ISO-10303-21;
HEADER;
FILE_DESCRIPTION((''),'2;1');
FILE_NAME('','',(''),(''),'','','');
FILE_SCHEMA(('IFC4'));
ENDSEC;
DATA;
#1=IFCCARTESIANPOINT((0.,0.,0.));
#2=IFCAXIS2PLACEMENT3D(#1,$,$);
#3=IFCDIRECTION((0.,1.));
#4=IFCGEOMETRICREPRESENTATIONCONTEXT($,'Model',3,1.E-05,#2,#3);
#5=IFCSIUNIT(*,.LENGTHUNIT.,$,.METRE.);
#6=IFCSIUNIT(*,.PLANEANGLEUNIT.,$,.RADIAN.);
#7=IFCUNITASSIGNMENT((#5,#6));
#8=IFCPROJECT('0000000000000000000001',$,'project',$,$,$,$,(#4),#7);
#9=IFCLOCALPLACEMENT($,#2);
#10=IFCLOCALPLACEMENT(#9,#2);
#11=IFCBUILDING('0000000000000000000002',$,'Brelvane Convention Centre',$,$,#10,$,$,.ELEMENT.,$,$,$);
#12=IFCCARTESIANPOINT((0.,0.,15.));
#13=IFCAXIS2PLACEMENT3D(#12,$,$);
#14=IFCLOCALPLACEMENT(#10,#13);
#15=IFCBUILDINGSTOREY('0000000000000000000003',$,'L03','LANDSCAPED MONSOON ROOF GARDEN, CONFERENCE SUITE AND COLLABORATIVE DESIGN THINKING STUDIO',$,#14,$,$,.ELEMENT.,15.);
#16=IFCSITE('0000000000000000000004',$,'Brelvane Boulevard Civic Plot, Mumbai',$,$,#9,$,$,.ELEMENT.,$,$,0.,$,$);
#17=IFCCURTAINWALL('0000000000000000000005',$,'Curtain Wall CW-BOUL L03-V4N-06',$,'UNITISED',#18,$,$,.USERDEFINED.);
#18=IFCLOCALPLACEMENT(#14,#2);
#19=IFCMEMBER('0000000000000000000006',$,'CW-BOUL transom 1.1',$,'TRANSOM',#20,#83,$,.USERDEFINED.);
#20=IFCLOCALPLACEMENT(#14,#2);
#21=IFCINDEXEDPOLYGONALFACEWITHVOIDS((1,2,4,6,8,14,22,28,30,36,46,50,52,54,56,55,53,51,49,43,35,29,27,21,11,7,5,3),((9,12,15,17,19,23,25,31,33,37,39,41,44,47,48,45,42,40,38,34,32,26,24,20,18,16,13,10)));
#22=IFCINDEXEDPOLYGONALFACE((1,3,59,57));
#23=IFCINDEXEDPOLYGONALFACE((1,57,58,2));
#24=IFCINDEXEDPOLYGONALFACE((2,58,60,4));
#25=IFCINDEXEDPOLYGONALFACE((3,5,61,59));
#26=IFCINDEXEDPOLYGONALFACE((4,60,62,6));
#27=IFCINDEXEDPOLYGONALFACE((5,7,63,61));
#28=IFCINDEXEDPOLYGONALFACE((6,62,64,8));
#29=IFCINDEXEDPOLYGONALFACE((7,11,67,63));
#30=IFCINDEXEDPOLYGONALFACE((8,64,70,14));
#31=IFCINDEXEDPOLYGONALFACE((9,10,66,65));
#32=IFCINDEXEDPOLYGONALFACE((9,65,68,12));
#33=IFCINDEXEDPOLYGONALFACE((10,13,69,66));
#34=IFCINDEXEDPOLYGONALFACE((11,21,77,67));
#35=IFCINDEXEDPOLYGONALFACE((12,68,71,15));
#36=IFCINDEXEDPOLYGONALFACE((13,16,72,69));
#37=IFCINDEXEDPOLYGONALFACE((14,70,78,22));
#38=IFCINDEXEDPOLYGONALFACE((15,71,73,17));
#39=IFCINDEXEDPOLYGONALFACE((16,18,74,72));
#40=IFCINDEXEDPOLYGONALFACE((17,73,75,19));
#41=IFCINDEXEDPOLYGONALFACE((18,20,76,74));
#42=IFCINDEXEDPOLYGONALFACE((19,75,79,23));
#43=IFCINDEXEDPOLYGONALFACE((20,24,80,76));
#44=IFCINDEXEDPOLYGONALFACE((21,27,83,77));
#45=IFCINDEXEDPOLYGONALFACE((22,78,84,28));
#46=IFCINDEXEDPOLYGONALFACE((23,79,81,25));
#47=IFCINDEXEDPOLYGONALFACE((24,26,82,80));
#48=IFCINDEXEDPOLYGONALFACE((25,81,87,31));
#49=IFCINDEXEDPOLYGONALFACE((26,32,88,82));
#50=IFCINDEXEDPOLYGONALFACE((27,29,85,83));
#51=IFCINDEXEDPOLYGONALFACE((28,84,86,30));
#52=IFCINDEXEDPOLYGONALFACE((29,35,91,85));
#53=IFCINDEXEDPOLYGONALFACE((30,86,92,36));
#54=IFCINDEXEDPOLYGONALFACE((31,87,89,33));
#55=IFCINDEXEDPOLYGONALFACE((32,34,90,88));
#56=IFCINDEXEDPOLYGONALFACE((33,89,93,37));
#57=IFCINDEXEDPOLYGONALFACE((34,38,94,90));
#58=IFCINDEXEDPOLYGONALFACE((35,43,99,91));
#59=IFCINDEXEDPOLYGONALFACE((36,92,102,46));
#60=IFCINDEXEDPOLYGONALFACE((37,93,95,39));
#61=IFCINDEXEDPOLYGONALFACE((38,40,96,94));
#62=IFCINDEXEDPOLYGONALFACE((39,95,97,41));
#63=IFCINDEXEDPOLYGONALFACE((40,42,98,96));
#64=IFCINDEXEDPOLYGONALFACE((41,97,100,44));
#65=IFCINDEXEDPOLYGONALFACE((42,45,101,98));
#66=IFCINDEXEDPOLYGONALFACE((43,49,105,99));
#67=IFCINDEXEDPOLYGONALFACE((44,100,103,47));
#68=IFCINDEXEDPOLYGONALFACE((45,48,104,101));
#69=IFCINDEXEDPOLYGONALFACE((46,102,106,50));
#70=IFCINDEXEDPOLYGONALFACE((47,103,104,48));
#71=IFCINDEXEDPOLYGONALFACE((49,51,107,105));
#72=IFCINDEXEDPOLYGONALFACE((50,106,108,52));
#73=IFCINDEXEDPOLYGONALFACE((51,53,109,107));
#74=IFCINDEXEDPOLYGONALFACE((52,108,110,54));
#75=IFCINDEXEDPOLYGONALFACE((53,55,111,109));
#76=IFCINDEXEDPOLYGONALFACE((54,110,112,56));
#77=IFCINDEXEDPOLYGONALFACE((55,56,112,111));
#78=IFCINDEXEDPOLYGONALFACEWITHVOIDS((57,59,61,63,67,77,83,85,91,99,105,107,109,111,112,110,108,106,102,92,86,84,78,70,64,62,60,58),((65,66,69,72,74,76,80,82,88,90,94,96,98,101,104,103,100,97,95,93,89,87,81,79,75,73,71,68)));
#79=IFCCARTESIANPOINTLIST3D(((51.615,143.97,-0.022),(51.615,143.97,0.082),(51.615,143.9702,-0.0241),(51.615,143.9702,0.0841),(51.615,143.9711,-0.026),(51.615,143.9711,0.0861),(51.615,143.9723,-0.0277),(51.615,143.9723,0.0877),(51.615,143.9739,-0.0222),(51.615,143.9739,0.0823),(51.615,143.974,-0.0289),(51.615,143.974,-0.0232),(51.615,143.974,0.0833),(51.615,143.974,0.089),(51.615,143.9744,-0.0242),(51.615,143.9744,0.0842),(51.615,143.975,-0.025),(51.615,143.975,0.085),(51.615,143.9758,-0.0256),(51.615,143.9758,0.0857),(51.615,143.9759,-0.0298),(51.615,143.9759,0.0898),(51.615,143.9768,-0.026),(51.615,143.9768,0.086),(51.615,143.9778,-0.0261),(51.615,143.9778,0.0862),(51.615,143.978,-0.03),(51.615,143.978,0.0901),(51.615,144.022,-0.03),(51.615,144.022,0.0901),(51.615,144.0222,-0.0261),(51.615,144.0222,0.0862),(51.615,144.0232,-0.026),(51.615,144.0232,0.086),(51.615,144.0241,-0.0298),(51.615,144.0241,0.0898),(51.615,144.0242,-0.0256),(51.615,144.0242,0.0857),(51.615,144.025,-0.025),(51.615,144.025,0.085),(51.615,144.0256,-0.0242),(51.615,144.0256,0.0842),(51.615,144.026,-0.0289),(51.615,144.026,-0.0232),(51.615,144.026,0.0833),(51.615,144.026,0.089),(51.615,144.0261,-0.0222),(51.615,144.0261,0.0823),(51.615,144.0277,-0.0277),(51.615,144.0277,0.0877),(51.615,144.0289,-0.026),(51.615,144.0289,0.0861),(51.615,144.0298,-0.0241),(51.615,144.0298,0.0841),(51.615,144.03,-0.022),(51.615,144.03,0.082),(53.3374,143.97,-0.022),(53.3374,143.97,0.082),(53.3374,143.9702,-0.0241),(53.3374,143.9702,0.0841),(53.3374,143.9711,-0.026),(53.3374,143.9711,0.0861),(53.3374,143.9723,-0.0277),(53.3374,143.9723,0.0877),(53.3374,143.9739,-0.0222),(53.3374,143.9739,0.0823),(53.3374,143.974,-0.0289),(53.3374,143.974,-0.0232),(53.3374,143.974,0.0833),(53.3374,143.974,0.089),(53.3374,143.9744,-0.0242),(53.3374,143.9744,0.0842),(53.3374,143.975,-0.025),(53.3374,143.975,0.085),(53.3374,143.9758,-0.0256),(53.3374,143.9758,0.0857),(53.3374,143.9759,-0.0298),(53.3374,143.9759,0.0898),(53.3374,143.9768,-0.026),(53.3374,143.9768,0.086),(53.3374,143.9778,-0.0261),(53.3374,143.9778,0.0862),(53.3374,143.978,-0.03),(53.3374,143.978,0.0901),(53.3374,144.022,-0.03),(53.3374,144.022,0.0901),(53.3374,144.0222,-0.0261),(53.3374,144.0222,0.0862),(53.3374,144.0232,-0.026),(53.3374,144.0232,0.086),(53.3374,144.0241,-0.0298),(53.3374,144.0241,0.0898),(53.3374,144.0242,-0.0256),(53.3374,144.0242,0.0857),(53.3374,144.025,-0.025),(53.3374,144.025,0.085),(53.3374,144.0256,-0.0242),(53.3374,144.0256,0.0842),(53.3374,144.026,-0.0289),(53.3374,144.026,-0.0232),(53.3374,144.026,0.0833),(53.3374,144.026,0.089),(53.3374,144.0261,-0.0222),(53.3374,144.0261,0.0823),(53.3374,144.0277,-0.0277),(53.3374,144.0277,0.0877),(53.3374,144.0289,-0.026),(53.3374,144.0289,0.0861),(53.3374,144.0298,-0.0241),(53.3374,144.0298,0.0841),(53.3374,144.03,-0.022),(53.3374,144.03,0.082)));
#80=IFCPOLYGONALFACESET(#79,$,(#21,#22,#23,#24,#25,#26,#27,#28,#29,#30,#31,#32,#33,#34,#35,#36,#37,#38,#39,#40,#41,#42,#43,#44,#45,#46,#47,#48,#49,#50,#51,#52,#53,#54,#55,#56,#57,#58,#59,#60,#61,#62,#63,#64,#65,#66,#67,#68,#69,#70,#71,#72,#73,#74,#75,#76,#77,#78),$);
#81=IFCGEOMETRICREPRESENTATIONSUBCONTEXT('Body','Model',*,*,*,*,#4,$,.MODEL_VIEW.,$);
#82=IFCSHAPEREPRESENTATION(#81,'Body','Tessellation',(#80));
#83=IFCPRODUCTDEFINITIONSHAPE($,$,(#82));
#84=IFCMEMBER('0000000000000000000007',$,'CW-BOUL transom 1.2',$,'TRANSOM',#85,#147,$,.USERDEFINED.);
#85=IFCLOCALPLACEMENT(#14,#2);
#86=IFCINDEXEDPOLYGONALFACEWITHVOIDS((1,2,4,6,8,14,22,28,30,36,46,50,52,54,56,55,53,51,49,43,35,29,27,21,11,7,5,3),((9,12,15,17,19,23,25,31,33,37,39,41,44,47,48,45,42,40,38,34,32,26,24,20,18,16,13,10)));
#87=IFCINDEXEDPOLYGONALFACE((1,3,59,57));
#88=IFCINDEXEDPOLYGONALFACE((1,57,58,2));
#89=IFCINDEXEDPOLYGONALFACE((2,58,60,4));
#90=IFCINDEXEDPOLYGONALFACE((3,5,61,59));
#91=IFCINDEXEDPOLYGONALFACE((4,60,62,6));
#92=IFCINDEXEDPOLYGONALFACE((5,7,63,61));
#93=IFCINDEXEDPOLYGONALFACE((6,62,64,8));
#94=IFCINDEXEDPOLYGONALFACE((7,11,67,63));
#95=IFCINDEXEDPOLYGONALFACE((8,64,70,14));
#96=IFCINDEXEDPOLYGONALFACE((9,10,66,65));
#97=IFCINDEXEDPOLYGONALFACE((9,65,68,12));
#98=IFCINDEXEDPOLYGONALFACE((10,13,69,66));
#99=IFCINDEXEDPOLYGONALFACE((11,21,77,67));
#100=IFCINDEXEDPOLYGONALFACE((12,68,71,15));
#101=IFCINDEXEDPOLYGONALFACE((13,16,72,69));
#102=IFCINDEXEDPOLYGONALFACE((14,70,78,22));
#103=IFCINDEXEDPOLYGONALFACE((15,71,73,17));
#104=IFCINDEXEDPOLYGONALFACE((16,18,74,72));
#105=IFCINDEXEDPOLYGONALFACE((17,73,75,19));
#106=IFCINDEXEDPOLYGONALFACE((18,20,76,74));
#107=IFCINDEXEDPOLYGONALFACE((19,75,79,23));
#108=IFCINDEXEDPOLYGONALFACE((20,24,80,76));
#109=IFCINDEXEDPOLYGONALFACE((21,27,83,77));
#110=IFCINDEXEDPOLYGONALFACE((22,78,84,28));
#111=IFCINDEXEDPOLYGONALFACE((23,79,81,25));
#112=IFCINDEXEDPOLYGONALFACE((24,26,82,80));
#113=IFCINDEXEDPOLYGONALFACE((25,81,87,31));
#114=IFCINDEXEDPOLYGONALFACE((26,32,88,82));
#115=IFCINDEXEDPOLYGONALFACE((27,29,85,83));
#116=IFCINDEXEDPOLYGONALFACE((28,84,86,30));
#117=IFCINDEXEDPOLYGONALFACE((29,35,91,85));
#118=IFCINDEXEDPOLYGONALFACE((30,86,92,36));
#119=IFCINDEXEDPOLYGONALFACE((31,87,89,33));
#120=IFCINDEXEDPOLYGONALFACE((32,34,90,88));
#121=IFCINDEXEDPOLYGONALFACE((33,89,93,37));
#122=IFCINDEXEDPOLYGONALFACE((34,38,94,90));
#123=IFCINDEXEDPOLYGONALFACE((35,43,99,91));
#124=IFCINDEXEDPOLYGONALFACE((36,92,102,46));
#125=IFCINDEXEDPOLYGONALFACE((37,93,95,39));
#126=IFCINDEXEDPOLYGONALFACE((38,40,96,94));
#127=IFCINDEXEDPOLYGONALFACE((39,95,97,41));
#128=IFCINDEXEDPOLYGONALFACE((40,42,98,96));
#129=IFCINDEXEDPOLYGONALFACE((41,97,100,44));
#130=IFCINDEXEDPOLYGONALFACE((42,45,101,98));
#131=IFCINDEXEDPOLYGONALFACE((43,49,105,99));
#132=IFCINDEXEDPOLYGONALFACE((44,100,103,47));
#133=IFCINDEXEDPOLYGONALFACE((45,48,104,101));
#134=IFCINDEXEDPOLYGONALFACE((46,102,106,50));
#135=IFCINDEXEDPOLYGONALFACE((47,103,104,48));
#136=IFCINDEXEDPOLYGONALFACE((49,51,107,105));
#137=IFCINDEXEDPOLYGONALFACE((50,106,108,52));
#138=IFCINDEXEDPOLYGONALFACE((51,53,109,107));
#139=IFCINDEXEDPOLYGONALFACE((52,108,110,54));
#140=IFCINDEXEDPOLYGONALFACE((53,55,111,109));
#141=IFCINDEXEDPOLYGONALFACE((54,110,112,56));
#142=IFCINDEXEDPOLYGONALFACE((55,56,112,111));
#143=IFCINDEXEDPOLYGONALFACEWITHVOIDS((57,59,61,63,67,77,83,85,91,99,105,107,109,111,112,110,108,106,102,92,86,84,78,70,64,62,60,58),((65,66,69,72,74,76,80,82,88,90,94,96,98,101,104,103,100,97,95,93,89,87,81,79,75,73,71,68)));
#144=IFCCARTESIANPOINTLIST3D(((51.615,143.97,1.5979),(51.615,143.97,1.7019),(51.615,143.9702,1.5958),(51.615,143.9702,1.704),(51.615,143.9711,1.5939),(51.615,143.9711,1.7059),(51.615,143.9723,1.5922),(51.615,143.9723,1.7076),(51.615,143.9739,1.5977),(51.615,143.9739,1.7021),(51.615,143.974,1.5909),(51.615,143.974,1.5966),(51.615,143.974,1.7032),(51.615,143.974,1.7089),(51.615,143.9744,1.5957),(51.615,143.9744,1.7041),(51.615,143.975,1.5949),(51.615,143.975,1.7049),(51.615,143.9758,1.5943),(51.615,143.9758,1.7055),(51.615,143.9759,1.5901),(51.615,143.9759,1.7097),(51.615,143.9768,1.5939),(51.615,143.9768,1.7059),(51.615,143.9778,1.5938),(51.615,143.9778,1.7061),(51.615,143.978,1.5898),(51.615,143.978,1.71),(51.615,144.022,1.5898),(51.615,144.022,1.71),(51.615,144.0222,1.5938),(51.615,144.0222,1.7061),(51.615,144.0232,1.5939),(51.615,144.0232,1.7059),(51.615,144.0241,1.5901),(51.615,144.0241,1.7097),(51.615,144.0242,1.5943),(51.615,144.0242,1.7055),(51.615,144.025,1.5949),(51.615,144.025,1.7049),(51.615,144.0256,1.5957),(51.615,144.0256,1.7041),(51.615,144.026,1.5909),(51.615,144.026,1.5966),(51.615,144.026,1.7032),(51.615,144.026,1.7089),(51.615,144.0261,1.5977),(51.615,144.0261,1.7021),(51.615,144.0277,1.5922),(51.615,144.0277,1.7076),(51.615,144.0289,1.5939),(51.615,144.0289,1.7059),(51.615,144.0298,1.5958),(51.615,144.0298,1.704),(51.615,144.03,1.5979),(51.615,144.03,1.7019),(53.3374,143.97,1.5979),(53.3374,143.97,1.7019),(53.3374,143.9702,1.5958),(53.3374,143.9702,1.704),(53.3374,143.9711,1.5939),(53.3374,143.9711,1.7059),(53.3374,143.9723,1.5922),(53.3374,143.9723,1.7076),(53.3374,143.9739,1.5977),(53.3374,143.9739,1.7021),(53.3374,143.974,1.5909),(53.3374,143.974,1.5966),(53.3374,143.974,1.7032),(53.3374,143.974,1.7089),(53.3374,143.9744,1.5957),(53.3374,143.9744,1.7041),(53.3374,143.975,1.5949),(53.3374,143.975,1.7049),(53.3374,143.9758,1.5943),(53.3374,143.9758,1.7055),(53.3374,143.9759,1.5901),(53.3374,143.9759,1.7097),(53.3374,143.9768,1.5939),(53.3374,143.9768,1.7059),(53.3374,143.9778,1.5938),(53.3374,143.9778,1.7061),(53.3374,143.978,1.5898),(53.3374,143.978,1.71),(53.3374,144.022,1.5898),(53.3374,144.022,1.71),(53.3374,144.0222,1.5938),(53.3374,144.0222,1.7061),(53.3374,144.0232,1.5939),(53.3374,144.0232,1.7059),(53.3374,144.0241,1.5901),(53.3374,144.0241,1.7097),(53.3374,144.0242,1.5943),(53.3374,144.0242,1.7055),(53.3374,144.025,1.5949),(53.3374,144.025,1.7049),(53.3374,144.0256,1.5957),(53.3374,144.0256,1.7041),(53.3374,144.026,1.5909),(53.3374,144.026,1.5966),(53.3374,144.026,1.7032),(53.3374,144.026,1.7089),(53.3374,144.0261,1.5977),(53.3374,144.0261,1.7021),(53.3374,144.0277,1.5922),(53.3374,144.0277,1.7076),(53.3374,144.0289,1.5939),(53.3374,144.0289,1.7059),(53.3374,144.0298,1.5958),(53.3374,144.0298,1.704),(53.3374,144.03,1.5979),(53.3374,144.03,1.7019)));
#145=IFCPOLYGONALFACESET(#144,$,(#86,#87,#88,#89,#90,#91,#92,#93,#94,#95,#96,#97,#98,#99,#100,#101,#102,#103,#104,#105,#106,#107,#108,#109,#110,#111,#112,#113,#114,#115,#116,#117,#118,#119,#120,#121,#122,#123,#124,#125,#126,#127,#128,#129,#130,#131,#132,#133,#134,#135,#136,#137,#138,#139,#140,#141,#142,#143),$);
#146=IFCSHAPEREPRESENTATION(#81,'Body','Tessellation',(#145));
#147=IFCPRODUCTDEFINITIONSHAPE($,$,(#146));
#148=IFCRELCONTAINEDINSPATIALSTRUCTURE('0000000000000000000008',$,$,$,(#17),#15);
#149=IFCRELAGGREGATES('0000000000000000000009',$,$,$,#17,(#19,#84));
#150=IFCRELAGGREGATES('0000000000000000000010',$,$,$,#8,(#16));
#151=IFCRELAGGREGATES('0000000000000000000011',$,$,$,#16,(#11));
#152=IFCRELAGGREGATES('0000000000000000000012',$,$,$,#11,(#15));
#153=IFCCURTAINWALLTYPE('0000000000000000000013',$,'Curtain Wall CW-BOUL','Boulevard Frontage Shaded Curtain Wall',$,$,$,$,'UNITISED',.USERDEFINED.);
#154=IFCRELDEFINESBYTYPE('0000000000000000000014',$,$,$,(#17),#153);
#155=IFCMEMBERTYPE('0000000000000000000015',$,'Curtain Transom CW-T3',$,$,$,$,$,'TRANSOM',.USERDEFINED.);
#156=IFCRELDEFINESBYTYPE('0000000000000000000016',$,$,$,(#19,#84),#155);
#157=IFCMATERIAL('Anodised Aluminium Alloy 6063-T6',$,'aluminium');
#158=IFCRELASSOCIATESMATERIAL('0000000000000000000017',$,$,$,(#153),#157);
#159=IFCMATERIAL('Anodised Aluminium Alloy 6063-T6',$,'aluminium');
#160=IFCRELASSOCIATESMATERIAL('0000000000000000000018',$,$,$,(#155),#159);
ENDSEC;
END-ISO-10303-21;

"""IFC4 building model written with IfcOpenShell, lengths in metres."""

from ifc_helpers import new_model, si_unit, direction, frame, origin, origin_2d, place, context, subcontext, project, spatial, hollow_rectangle, extrude, material, material_profile, profile_set, type_object, element, aggregate, save


model = new_model("IFC4")

# Units and contexts
model_context = context("Model", 3, precision=1e-05, world=origin(), true_north=direction((0.0, 1.0)))
body_context = subcontext(model_context, "Body", "Model", "MODEL_VIEW")
ifc_project = project(units=[si_unit("LENGTHUNIT", "METRE"), si_unit("PLANEANGLEUNIT", "RADIAN")], contexts=[model_context])

# Site, building, storey
site_placement = place(None, origin())
site = spatial("IfcSite", under=ifc_project, at=site_placement, Name="Brelvane Boulevard Civic Plot, Mumbai", CompositionType="ELEMENT", RefElevation=0.0)
building_placement = place(site_placement, origin())
building = spatial("IfcBuilding", under=site, at=building_placement, Name="Brelvane Convention Centre", CompositionType="ELEMENT")
storey_placement = place(building_placement, frame((0.0, 0.0, 15.0)))
storey = spatial("IfcBuildingStorey", under=building, at=storey_placement, Name="L03", Description="LANDSCAPED MONSOON ROOF GARDEN, CONFERENCE SUITE AND COLLABORATIVE DESIGN THINKING STUDIO", CompositionType="ELEMENT", Elevation=15.0)

# Curtain wall, members
ifc_material_1 = material(Name="Anodised Aluminium Alloy 6063-T6", Category="aluminium")
curtain_wall_type = type_object("IfcCurtainWallType", Name="Curtain Wall CW-BOUL", Description="Boulevard Frontage Shaded Curtain Wall", ElementType="UNITISED", PredefinedType="USERDEFINED", material=ifc_material_1)
curtain_wall_placement = place(storey_placement, origin())
curtain_wall = element("IfcCurtainWall", 1, at=curtain_wall_placement, inside=storey, type_object=curtain_wall_type, Name="Curtain Wall CW-BOUL L03-V4N-06", ObjectType="UNITISED", PredefinedType="USERDEFINED")
ifc_material_2 = material(Name="Anodised Aluminium Alloy 6063-T6", Category="aluminium")
ifc_material_profile_1 = material_profile(ifc_material_2, hollow_rectangle(XDim=0.0601, YDim=0.1201, WallThickness=0.0039, InnerFilletRadius=0.0039, OuterFilletRadius=0.0081, at=origin_2d()), Name="ALU-T 120x60x4.0")
ifc_profile_set_1 = profile_set([ifc_material_profile_1], Name="Anodised Aluminium Alloy 6063-T6")
member_type_1 = type_object("IfcMemberType", Name="Curtain Transom CW-T3", ElementType="TRANSOM", PredefinedType="USERDEFINED", material=ifc_profile_set_1)
member_1_placement = place(storey_placement, frame((51.615, 144.0, 0.03), z_axis=(1.0, 0.0, 0.0), x_axis=(0.0, 1.0, 0.0)))
member_1 = element("IfcMember", 2, at=member_1_placement, type_object=member_type_1, Name="CW-BOUL transom 1.1", ObjectType="TRANSOM", PredefinedType="USERDEFINED", context=body_context, shape_type="SweptSolid", body=[
    extrude(hollow_rectangle(XDim=0.0601, YDim=0.1201, WallThickness=0.0039, InnerFilletRadius=0.0039, OuterFilletRadius=0.0081, at=origin_2d()), origin(), (0.0, 0.0, 1.0), 1.7224),
])
member_2_placement = place(storey_placement, frame((51.615, 144.0, 1.6499), z_axis=(1.0, 0.0, 0.0), x_axis=(0.0, 1.0, 0.0)))
member_2 = element("IfcMember", 3, at=member_2_placement, type_object=member_type_1, Name="CW-BOUL transom 1.2", ObjectType="TRANSOM", PredefinedType="USERDEFINED", context=body_context, shape_type="SweptSolid", body=[
    extrude(hollow_rectangle(XDim=0.0601, YDim=0.1201, WallThickness=0.0039, InnerFilletRadius=0.0039, OuterFilletRadius=0.0081, at=origin_2d()), origin(), (0.0, 0.0, 1.0), 1.7224),
])

aggregate(curtain_wall, [member_1, member_2])

save(model, "model.ifc")
